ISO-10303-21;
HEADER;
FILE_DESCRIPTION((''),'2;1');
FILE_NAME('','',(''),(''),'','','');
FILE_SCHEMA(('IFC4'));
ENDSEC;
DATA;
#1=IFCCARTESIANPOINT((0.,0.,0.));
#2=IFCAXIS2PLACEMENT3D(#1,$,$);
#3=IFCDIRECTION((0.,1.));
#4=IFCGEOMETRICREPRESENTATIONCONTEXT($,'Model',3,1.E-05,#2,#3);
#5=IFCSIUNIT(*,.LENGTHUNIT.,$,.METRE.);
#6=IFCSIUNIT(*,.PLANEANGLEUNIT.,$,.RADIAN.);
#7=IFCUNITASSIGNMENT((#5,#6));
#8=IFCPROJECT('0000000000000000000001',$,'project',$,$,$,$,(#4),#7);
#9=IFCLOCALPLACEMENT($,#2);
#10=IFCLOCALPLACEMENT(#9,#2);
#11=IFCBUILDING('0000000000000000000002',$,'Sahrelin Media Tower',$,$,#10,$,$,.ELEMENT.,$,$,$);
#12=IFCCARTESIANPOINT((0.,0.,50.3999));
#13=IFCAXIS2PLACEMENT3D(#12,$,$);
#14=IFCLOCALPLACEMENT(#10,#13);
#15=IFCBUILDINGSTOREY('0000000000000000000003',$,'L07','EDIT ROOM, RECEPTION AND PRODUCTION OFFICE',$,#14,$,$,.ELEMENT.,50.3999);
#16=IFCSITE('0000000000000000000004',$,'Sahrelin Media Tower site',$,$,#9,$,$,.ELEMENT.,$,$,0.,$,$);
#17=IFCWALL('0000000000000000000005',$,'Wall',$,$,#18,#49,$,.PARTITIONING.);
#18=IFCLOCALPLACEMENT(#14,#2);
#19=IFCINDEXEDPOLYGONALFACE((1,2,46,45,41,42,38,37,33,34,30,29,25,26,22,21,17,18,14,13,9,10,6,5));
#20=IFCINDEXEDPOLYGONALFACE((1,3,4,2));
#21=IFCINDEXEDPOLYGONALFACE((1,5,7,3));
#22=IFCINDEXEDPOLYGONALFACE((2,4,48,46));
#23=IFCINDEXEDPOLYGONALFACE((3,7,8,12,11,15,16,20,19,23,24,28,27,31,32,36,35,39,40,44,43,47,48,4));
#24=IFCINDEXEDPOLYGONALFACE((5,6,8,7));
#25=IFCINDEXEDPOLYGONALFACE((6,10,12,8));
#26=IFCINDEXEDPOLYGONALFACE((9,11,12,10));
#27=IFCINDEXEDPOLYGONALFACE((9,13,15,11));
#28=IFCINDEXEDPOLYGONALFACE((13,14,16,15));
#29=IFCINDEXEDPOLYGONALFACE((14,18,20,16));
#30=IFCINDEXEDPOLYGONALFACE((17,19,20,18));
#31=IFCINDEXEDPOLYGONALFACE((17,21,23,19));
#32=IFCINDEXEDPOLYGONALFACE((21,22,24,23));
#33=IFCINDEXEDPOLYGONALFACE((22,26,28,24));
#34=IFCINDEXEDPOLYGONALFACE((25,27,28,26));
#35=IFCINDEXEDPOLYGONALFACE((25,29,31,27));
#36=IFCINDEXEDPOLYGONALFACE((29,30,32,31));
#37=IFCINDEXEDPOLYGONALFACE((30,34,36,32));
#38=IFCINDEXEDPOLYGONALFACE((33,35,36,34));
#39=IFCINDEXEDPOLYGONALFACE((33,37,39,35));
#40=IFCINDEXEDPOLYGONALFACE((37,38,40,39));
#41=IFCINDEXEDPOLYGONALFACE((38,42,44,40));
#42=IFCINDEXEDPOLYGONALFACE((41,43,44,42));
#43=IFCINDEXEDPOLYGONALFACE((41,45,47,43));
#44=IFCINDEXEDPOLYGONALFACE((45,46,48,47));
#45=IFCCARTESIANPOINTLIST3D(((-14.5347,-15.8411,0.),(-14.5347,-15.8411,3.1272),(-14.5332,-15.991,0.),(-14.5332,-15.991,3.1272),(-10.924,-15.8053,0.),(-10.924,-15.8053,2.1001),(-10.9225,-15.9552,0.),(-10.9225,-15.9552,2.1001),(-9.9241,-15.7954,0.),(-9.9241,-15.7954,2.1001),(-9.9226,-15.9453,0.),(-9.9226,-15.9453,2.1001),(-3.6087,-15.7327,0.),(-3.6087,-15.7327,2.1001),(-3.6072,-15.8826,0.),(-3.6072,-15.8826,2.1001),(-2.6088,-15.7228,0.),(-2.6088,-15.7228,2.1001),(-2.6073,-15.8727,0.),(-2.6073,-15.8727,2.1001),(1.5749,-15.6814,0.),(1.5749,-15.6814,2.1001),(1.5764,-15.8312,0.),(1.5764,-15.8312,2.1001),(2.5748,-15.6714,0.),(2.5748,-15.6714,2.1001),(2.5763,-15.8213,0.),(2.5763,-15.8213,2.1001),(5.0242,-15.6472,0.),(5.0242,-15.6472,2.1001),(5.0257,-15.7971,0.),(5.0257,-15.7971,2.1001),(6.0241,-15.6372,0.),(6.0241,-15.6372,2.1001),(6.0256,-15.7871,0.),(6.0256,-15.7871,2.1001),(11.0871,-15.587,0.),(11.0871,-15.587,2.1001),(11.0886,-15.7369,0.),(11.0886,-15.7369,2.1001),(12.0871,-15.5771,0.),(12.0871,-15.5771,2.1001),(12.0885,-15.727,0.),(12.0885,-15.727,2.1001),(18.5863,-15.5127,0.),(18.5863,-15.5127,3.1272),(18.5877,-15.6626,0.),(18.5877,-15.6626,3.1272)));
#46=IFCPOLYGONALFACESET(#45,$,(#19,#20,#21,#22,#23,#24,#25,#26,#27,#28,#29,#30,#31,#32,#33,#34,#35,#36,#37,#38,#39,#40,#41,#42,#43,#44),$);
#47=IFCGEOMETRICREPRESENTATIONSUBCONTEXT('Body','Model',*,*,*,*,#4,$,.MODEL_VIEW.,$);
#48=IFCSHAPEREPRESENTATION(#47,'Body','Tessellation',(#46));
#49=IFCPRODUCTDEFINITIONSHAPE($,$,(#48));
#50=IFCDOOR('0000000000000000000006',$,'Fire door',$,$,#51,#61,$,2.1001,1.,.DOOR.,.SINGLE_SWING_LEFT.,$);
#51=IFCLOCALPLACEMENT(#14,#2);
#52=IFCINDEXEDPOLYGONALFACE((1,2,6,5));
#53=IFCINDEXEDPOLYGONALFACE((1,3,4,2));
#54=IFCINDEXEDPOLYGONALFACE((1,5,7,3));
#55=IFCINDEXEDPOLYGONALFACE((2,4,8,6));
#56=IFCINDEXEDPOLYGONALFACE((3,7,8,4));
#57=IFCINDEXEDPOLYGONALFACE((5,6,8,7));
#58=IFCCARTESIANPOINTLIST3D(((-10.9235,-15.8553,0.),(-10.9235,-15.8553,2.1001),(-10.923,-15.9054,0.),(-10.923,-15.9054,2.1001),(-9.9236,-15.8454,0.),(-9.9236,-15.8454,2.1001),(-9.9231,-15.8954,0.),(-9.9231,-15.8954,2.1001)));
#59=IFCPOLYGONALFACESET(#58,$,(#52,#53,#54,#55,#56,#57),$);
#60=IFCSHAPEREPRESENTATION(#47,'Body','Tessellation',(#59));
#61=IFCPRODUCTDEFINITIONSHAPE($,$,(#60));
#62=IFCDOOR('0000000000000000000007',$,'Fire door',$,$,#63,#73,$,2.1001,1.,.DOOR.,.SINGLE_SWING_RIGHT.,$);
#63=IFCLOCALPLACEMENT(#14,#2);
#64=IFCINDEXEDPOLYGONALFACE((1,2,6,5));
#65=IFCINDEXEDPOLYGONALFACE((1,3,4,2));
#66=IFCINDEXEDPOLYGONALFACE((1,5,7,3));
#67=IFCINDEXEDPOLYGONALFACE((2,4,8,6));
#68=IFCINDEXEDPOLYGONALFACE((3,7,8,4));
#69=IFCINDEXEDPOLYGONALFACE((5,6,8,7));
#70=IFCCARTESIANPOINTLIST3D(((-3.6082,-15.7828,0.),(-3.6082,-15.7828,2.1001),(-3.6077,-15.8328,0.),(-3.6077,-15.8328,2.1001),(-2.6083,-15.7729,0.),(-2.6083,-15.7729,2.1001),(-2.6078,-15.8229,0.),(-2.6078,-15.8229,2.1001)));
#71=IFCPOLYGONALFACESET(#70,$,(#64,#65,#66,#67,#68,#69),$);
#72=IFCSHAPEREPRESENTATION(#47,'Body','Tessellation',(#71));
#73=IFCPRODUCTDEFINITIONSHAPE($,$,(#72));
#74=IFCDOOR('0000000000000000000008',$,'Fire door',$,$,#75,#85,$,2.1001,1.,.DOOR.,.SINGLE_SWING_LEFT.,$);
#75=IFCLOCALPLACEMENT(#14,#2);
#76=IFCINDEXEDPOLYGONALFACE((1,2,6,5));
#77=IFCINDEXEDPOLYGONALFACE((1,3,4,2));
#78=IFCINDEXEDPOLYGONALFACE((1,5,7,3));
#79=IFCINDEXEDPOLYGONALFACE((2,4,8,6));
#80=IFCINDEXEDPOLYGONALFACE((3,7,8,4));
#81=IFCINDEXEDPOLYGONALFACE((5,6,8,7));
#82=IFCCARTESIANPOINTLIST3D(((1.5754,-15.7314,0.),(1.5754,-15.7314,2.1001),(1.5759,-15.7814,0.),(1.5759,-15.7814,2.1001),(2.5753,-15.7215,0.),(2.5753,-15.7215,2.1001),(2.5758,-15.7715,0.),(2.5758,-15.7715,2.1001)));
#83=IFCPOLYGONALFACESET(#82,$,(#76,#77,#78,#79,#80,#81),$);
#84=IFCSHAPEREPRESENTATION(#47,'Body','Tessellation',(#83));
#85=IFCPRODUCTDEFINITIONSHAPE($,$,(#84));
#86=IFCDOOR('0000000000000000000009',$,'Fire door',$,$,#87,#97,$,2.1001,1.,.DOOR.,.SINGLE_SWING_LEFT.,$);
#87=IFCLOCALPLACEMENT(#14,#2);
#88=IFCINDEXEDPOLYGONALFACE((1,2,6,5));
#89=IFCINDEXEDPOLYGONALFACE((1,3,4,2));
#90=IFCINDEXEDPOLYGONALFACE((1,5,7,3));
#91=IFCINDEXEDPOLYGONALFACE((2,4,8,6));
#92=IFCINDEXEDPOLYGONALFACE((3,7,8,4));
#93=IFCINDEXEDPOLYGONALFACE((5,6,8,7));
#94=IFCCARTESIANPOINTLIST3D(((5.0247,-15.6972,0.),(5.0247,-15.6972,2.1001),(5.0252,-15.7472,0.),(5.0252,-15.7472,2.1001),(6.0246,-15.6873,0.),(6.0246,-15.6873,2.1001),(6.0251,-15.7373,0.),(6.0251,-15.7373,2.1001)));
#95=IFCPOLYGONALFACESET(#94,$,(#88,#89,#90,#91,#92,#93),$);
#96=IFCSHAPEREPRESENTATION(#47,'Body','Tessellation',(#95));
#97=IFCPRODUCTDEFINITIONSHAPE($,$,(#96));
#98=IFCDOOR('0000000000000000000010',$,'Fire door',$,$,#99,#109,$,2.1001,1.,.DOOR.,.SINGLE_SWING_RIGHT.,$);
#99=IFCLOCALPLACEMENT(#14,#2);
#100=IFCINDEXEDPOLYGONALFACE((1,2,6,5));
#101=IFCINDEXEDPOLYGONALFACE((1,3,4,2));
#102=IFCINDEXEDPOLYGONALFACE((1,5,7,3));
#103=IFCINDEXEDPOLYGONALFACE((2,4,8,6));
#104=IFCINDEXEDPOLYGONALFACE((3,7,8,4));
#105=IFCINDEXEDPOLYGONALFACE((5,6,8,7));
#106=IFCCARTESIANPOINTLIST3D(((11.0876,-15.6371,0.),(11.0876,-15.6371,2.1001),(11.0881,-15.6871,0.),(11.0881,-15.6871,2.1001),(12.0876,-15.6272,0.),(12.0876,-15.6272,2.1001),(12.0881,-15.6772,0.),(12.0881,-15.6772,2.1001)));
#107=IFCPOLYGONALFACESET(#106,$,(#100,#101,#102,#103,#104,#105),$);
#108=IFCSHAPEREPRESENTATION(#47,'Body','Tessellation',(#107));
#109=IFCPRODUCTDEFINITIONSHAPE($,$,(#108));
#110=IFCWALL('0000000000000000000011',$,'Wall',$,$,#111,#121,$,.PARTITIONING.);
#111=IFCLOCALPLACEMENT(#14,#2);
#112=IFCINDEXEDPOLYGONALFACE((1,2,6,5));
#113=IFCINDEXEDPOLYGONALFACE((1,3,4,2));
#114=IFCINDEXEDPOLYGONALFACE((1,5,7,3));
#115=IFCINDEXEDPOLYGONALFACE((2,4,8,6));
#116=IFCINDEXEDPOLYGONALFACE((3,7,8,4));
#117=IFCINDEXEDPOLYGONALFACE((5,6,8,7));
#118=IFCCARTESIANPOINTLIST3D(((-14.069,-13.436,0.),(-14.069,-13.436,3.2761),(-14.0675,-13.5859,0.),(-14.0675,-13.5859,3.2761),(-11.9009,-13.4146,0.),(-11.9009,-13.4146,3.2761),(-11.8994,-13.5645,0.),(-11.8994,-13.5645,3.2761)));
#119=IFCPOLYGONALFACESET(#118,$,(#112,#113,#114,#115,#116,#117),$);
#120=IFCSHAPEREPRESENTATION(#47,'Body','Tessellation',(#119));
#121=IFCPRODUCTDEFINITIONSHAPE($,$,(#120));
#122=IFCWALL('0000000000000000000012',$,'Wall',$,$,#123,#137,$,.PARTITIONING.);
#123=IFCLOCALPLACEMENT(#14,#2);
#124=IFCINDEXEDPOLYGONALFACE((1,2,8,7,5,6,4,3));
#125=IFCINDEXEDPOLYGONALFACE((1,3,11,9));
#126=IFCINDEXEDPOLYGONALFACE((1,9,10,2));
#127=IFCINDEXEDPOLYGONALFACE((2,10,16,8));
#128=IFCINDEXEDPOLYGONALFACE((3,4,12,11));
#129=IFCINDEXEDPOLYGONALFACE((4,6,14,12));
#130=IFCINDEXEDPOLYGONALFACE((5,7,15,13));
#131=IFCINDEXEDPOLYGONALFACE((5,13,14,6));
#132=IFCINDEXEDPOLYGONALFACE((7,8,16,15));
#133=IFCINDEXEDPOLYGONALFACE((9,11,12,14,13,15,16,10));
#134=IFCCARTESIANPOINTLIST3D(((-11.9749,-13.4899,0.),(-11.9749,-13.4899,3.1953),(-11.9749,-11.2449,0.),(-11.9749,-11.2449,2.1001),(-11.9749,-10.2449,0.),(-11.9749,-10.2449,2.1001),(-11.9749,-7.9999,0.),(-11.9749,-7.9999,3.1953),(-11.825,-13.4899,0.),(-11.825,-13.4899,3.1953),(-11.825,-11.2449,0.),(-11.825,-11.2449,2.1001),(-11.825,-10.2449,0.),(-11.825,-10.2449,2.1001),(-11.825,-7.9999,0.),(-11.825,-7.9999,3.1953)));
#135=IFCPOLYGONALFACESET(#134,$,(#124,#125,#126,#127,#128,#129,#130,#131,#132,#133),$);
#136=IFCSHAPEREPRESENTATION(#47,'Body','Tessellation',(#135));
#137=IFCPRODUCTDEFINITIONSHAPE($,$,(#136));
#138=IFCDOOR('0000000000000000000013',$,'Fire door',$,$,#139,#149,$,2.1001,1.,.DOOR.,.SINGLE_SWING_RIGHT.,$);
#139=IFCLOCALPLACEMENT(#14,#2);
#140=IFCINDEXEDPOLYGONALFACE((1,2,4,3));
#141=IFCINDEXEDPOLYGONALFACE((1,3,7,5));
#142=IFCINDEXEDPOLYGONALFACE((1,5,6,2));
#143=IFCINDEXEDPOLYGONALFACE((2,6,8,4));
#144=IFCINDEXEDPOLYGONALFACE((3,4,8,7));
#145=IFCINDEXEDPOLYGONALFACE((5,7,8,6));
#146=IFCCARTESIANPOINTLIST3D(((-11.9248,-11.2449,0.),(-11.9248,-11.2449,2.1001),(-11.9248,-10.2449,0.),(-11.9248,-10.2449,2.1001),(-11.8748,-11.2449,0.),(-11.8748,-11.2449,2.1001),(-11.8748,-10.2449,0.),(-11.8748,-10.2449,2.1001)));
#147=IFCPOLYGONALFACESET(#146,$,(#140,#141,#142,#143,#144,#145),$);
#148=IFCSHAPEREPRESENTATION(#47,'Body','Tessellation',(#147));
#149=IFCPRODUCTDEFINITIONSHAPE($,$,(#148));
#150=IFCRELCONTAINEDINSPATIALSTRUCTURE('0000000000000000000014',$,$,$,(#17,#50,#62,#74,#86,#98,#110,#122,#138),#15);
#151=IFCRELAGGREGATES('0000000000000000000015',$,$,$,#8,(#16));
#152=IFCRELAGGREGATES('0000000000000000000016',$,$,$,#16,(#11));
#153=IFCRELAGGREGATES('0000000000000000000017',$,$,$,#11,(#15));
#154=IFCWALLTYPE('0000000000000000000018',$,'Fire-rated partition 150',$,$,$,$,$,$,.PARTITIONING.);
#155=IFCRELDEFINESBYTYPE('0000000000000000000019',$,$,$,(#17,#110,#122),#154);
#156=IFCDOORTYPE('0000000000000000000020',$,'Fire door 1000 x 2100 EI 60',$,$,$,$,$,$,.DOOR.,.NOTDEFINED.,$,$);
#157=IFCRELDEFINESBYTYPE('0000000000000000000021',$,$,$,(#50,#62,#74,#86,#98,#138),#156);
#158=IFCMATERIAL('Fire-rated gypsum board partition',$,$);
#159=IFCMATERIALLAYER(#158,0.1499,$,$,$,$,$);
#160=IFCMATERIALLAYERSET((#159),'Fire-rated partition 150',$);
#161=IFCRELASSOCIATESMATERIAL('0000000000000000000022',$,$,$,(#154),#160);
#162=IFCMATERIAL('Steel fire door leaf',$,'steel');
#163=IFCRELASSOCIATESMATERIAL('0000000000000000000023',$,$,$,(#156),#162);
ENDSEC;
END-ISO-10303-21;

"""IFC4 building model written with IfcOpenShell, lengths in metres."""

from ifc_helpers import new_model, si_unit, direction, frame, frame_2d, origin, place, context, subcontext, project, spatial, rectangle, extrude, material, layer, layer_set, type_object, element, fill, save


model = new_model("IFC4")

# Units and contexts
model_context = context("Model", 3, precision=1e-05, world=origin(), true_north=direction((0.0, 1.0)))
body_context = subcontext(model_context, "Body", "Model", "MODEL_VIEW")
ifc_project = project(units=[si_unit("LENGTHUNIT", "METRE"), si_unit("PLANEANGLEUNIT", "RADIAN")], contexts=[model_context])

# Site, building, storey
site_placement = place(None, origin())
site = spatial("IfcSite", under=ifc_project, at=site_placement, Name="Sahrelin Media Tower site", CompositionType="ELEMENT", RefElevation=0.0)
building_placement = place(site_placement, origin())
building = spatial("IfcBuilding", under=site, at=building_placement, Name="Sahrelin Media Tower", CompositionType="ELEMENT")
storey_placement = place(building_placement, frame((0.0, 0.0, 50.3999)))
storey = spatial("IfcBuildingStorey", under=building, at=storey_placement, Name="L07", Description="EDIT ROOM, RECEPTION AND PRODUCTION OFFICE", CompositionType="ELEMENT", Elevation=50.3999)

# Wall, openings, doors
ifc_material_1 = material(Name="Fire-rated gypsum board partition")
ifc_layer_1 = layer(ifc_material_1, 0.1499)
ifc_layer_set_1 = layer_set([ifc_layer_1], Name="Fire-rated partition 150")
wall_type_1 = type_object("IfcWallType", Name="Fire-rated partition 150", PredefinedType="PARTITIONING", material=ifc_layer_set_1)
wall_1_placement = place(storey_placement, frame((-14.5339, -15.916, 0.0), z_axis=(0.0, 0.0, 1.0), x_axis=(0.999951, 0.009914, 0.0)))
wall_1 = element("IfcWall", 1, at=wall_1_placement, inside=storey, type_object=wall_type_1, Name="Wall", PredefinedType="PARTITIONING", context=body_context, shape_type="SweptSolid", body=[
    extrude(rectangle(XDim=33.1226, YDim=0.1499, at=frame_2d((16.5613, 0.0))), origin(), (0.0, 0.0, 1.0), 3.1272),
])
opening_1_placement = place(wall_1_placement, frame((3.6108, 0.0, 0.0)))
opening_1 = element("IfcOpeningElement", 2, at=opening_1_placement, cuts=wall_1, PredefinedType="OPENING", context=body_context, shape_type="SweptSolid", body=[
    extrude(rectangle(XDim=1.0, YDim=2.1001, at=frame_2d((0.5, 1.05))), frame((0.0, 0.075, 0.0), z_axis=(0.0, -1.0, 0.0), x_axis=(1.0, 0.0, 0.0)), (0.0, 0.0, 1.0), 0.1499),
])
opening_2_placement = place(wall_1_placement, frame((10.9265, 0.0, 0.0)))
opening_2 = element("IfcOpeningElement", 3, at=opening_2_placement, cuts=wall_1, PredefinedType="OPENING", context=body_context, shape_type="SweptSolid", body=[
    extrude(rectangle(XDim=1.0, YDim=2.1001, at=frame_2d((0.5, 1.05))), frame((0.0, 0.075, 0.0), z_axis=(0.0, -1.0, 0.0), x_axis=(1.0, 0.0, 0.0)), (0.0, 0.0, 1.0), 0.1499),
])
opening_3_placement = place(wall_1_placement, frame((16.1104, 0.0, 0.0)))
opening_3 = element("IfcOpeningElement", 4, at=opening_3_placement, cuts=wall_1, PredefinedType="OPENING", context=body_context, shape_type="SweptSolid", body=[
    extrude(rectangle(XDim=1.0, YDim=2.1001, at=frame_2d((0.5, 1.05))), frame((0.0, 0.075, 0.0), z_axis=(0.0, -1.0, 0.0), x_axis=(1.0, 0.0, 0.0)), (0.0, 0.0, 1.0), 0.1499),
])
opening_4_placement = place(wall_1_placement, frame((19.5598, 0.0, 0.0)))
opening_4 = element("IfcOpeningElement", 5, at=opening_4_placement, cuts=wall_1, PredefinedType="OPENING", context=body_context, shape_type="SweptSolid", body=[
    extrude(rectangle(XDim=1.0, YDim=2.1001, at=frame_2d((0.5, 1.05))), frame((0.0, 0.075, 0.0), z_axis=(0.0, -1.0, 0.0), x_axis=(1.0, 0.0, 0.0)), (0.0, 0.0, 1.0), 0.1499),
])
opening_5_placement = place(wall_1_placement, frame((25.623, 0.0, 0.0)))
opening_5 = element("IfcOpeningElement", 6, at=opening_5_placement, cuts=wall_1, PredefinedType="OPENING", context=body_context, shape_type="SweptSolid", body=[
    extrude(rectangle(XDim=1.0, YDim=2.1001, at=frame_2d((0.5, 1.05))), frame((0.0, 0.075, 0.0), z_axis=(0.0, -1.0, 0.0), x_axis=(1.0, 0.0, 0.0)), (0.0, 0.0, 1.0), 0.1499),
])
ifc_material_2 = material(Name="Steel fire door leaf", Category="steel")
door_type_1 = type_object("IfcDoorType", Name="Fire door 1000 x 2100 EI 60", OperationType="NOTDEFINED", PredefinedType="DOOR", material=ifc_material_2)
door_1_placement = place(opening_1_placement, origin())
door_1 = element("IfcDoor", 7, at=door_1_placement, inside=storey, type_object=door_type_1, Name="Fire door", OperationType="SINGLE_SWING_LEFT", OverallHeight=2.1001, OverallWidth=1.0, PredefinedType="DOOR", context=body_context, shape_type="SweptSolid", body=[
    extrude(rectangle(XDim=1.0, YDim=2.1001, at=frame_2d((0.5, 1.05))), frame((0.0, 0.0249, 0.0), z_axis=(0.0, -1.0, 0.0), x_axis=(1.0, 0.0, 0.0)), (0.0, 0.0, 1.0), 0.05),
])
fill(opening_1, door_1)
door_2_placement = place(opening_2_placement, origin())
door_2 = element("IfcDoor", 8, at=door_2_placement, inside=storey, type_object=door_type_1, Name="Fire door", OperationType="SINGLE_SWING_RIGHT", OverallHeight=2.1001, OverallWidth=1.0, PredefinedType="DOOR", context=body_context, shape_type="SweptSolid", body=[
    extrude(rectangle(XDim=1.0, YDim=2.1001, at=frame_2d((0.5, 1.05))), frame((0.0, 0.0249, 0.0), z_axis=(0.0, -1.0, 0.0), x_axis=(1.0, 0.0, 0.0)), (0.0, 0.0, 1.0), 0.05),
])
fill(opening_2, door_2)
door_3_placement = place(opening_3_placement, origin())
door_3 = element("IfcDoor", 9, at=door_3_placement, inside=storey, type_object=door_type_1, Name="Fire door", OperationType="SINGLE_SWING_LEFT", OverallHeight=2.1001, OverallWidth=1.0, PredefinedType="DOOR", context=body_context, shape_type="SweptSolid", body=[
    extrude(rectangle(XDim=1.0, YDim=2.1001, at=frame_2d((0.5, 1.05))), frame((0.0, 0.0249, 0.0), z_axis=(0.0, -1.0, 0.0), x_axis=(1.0, 0.0, 0.0)), (0.0, 0.0, 1.0), 0.05),
])
fill(opening_3, door_3)
door_4_placement = place(opening_4_placement, origin())
door_4 = element("IfcDoor", 10, at=door_4_placement, inside=storey, type_object=door_type_1, Name="Fire door", OperationType="SINGLE_SWING_LEFT", OverallHeight=2.1001, OverallWidth=1.0, PredefinedType="DOOR", context=body_context, shape_type="SweptSolid", body=[
    extrude(rectangle(XDim=1.0, YDim=2.1001, at=frame_2d((0.5, 1.05))), frame((0.0, 0.0249, 0.0), z_axis=(0.0, -1.0, 0.0), x_axis=(1.0, 0.0, 0.0)), (0.0, 0.0, 1.0), 0.05),
])
fill(opening_4, door_4)
door_5_placement = place(opening_5_placement, origin())
door_5 = element("IfcDoor", 11, at=door_5_placement, inside=storey, type_object=door_type_1, Name="Fire door", OperationType="SINGLE_SWING_RIGHT", OverallHeight=2.1001, OverallWidth=1.0, PredefinedType="DOOR", context=body_context, shape_type="SweptSolid", body=[
    extrude(rectangle(XDim=1.0, YDim=2.1001, at=frame_2d((0.5, 1.05))), frame((0.0, 0.0249, 0.0), z_axis=(0.0, -1.0, 0.0), x_axis=(1.0, 0.0, 0.0)), (0.0, 0.0, 1.0), 0.05),
])
fill(opening_5, door_5)

# Wall
wall_2_placement = place(storey_placement, frame((-14.0681, -13.511, 0.0), z_axis=(0.0, 0.0, 1.0), x_axis=(0.999951, 0.009908, 0.0)))
element("IfcWall", 12, at=wall_2_placement, inside=storey, type_object=wall_type_1, Name="Wall", PredefinedType="PARTITIONING", context=body_context, shape_type="SweptSolid", body=[
    extrude(rectangle(XDim=2.1682, YDim=0.1499, at=frame_2d((1.084, 0.0))), origin(), (0.0, 0.0, 1.0), 3.2761),
])

# Wall, opening, door
wall_3_placement = place(storey_placement, frame((-11.8999, -13.49, 0.0), z_axis=(0.0, 0.0, 1.0), x_axis=(0.0, 1.0, 0.0)))
wall_3 = element("IfcWall", 13, at=wall_3_placement, inside=storey, type_object=wall_type_1, Name="Wall", PredefinedType="PARTITIONING", context=body_context, shape_type="SweptSolid", body=[
    extrude(rectangle(XDim=5.49, YDim=0.1499, at=frame_2d((2.7451, 0.0))), origin(), (0.0, 0.0, 1.0), 3.1953),
])
opening_6_placement = place(wall_3_placement, frame((2.2451, 0.0, 0.0)))
opening_6 = element("IfcOpeningElement", 14, at=opening_6_placement, cuts=wall_3, PredefinedType="OPENING", context=body_context, shape_type="SweptSolid", body=[
    extrude(rectangle(XDim=1.0, YDim=2.1001, at=frame_2d((0.5, 1.05))), frame((0.0, 0.075, 0.0), z_axis=(0.0, -1.0, 0.0), x_axis=(1.0, 0.0, 0.0)), (0.0, 0.0, 1.0), 0.1499),
])
door_6_placement = place(opening_6_placement, origin())
door_6 = element("IfcDoor", 15, at=door_6_placement, inside=storey, type_object=door_type_1, Name="Fire door", OperationType="SINGLE_SWING_RIGHT", OverallHeight=2.1001, OverallWidth=1.0, PredefinedType="DOOR", context=body_context, shape_type="SweptSolid", body=[
    extrude(rectangle(XDim=1.0, YDim=2.1001, at=frame_2d((0.5, 1.05))), frame((0.0, 0.0249, 0.0), z_axis=(0.0, -1.0, 0.0), x_axis=(1.0, 0.0, 0.0)), (0.0, 0.0, 1.0), 0.05),
])
fill(opening_6, door_6)

save(model, "model.ifc")
